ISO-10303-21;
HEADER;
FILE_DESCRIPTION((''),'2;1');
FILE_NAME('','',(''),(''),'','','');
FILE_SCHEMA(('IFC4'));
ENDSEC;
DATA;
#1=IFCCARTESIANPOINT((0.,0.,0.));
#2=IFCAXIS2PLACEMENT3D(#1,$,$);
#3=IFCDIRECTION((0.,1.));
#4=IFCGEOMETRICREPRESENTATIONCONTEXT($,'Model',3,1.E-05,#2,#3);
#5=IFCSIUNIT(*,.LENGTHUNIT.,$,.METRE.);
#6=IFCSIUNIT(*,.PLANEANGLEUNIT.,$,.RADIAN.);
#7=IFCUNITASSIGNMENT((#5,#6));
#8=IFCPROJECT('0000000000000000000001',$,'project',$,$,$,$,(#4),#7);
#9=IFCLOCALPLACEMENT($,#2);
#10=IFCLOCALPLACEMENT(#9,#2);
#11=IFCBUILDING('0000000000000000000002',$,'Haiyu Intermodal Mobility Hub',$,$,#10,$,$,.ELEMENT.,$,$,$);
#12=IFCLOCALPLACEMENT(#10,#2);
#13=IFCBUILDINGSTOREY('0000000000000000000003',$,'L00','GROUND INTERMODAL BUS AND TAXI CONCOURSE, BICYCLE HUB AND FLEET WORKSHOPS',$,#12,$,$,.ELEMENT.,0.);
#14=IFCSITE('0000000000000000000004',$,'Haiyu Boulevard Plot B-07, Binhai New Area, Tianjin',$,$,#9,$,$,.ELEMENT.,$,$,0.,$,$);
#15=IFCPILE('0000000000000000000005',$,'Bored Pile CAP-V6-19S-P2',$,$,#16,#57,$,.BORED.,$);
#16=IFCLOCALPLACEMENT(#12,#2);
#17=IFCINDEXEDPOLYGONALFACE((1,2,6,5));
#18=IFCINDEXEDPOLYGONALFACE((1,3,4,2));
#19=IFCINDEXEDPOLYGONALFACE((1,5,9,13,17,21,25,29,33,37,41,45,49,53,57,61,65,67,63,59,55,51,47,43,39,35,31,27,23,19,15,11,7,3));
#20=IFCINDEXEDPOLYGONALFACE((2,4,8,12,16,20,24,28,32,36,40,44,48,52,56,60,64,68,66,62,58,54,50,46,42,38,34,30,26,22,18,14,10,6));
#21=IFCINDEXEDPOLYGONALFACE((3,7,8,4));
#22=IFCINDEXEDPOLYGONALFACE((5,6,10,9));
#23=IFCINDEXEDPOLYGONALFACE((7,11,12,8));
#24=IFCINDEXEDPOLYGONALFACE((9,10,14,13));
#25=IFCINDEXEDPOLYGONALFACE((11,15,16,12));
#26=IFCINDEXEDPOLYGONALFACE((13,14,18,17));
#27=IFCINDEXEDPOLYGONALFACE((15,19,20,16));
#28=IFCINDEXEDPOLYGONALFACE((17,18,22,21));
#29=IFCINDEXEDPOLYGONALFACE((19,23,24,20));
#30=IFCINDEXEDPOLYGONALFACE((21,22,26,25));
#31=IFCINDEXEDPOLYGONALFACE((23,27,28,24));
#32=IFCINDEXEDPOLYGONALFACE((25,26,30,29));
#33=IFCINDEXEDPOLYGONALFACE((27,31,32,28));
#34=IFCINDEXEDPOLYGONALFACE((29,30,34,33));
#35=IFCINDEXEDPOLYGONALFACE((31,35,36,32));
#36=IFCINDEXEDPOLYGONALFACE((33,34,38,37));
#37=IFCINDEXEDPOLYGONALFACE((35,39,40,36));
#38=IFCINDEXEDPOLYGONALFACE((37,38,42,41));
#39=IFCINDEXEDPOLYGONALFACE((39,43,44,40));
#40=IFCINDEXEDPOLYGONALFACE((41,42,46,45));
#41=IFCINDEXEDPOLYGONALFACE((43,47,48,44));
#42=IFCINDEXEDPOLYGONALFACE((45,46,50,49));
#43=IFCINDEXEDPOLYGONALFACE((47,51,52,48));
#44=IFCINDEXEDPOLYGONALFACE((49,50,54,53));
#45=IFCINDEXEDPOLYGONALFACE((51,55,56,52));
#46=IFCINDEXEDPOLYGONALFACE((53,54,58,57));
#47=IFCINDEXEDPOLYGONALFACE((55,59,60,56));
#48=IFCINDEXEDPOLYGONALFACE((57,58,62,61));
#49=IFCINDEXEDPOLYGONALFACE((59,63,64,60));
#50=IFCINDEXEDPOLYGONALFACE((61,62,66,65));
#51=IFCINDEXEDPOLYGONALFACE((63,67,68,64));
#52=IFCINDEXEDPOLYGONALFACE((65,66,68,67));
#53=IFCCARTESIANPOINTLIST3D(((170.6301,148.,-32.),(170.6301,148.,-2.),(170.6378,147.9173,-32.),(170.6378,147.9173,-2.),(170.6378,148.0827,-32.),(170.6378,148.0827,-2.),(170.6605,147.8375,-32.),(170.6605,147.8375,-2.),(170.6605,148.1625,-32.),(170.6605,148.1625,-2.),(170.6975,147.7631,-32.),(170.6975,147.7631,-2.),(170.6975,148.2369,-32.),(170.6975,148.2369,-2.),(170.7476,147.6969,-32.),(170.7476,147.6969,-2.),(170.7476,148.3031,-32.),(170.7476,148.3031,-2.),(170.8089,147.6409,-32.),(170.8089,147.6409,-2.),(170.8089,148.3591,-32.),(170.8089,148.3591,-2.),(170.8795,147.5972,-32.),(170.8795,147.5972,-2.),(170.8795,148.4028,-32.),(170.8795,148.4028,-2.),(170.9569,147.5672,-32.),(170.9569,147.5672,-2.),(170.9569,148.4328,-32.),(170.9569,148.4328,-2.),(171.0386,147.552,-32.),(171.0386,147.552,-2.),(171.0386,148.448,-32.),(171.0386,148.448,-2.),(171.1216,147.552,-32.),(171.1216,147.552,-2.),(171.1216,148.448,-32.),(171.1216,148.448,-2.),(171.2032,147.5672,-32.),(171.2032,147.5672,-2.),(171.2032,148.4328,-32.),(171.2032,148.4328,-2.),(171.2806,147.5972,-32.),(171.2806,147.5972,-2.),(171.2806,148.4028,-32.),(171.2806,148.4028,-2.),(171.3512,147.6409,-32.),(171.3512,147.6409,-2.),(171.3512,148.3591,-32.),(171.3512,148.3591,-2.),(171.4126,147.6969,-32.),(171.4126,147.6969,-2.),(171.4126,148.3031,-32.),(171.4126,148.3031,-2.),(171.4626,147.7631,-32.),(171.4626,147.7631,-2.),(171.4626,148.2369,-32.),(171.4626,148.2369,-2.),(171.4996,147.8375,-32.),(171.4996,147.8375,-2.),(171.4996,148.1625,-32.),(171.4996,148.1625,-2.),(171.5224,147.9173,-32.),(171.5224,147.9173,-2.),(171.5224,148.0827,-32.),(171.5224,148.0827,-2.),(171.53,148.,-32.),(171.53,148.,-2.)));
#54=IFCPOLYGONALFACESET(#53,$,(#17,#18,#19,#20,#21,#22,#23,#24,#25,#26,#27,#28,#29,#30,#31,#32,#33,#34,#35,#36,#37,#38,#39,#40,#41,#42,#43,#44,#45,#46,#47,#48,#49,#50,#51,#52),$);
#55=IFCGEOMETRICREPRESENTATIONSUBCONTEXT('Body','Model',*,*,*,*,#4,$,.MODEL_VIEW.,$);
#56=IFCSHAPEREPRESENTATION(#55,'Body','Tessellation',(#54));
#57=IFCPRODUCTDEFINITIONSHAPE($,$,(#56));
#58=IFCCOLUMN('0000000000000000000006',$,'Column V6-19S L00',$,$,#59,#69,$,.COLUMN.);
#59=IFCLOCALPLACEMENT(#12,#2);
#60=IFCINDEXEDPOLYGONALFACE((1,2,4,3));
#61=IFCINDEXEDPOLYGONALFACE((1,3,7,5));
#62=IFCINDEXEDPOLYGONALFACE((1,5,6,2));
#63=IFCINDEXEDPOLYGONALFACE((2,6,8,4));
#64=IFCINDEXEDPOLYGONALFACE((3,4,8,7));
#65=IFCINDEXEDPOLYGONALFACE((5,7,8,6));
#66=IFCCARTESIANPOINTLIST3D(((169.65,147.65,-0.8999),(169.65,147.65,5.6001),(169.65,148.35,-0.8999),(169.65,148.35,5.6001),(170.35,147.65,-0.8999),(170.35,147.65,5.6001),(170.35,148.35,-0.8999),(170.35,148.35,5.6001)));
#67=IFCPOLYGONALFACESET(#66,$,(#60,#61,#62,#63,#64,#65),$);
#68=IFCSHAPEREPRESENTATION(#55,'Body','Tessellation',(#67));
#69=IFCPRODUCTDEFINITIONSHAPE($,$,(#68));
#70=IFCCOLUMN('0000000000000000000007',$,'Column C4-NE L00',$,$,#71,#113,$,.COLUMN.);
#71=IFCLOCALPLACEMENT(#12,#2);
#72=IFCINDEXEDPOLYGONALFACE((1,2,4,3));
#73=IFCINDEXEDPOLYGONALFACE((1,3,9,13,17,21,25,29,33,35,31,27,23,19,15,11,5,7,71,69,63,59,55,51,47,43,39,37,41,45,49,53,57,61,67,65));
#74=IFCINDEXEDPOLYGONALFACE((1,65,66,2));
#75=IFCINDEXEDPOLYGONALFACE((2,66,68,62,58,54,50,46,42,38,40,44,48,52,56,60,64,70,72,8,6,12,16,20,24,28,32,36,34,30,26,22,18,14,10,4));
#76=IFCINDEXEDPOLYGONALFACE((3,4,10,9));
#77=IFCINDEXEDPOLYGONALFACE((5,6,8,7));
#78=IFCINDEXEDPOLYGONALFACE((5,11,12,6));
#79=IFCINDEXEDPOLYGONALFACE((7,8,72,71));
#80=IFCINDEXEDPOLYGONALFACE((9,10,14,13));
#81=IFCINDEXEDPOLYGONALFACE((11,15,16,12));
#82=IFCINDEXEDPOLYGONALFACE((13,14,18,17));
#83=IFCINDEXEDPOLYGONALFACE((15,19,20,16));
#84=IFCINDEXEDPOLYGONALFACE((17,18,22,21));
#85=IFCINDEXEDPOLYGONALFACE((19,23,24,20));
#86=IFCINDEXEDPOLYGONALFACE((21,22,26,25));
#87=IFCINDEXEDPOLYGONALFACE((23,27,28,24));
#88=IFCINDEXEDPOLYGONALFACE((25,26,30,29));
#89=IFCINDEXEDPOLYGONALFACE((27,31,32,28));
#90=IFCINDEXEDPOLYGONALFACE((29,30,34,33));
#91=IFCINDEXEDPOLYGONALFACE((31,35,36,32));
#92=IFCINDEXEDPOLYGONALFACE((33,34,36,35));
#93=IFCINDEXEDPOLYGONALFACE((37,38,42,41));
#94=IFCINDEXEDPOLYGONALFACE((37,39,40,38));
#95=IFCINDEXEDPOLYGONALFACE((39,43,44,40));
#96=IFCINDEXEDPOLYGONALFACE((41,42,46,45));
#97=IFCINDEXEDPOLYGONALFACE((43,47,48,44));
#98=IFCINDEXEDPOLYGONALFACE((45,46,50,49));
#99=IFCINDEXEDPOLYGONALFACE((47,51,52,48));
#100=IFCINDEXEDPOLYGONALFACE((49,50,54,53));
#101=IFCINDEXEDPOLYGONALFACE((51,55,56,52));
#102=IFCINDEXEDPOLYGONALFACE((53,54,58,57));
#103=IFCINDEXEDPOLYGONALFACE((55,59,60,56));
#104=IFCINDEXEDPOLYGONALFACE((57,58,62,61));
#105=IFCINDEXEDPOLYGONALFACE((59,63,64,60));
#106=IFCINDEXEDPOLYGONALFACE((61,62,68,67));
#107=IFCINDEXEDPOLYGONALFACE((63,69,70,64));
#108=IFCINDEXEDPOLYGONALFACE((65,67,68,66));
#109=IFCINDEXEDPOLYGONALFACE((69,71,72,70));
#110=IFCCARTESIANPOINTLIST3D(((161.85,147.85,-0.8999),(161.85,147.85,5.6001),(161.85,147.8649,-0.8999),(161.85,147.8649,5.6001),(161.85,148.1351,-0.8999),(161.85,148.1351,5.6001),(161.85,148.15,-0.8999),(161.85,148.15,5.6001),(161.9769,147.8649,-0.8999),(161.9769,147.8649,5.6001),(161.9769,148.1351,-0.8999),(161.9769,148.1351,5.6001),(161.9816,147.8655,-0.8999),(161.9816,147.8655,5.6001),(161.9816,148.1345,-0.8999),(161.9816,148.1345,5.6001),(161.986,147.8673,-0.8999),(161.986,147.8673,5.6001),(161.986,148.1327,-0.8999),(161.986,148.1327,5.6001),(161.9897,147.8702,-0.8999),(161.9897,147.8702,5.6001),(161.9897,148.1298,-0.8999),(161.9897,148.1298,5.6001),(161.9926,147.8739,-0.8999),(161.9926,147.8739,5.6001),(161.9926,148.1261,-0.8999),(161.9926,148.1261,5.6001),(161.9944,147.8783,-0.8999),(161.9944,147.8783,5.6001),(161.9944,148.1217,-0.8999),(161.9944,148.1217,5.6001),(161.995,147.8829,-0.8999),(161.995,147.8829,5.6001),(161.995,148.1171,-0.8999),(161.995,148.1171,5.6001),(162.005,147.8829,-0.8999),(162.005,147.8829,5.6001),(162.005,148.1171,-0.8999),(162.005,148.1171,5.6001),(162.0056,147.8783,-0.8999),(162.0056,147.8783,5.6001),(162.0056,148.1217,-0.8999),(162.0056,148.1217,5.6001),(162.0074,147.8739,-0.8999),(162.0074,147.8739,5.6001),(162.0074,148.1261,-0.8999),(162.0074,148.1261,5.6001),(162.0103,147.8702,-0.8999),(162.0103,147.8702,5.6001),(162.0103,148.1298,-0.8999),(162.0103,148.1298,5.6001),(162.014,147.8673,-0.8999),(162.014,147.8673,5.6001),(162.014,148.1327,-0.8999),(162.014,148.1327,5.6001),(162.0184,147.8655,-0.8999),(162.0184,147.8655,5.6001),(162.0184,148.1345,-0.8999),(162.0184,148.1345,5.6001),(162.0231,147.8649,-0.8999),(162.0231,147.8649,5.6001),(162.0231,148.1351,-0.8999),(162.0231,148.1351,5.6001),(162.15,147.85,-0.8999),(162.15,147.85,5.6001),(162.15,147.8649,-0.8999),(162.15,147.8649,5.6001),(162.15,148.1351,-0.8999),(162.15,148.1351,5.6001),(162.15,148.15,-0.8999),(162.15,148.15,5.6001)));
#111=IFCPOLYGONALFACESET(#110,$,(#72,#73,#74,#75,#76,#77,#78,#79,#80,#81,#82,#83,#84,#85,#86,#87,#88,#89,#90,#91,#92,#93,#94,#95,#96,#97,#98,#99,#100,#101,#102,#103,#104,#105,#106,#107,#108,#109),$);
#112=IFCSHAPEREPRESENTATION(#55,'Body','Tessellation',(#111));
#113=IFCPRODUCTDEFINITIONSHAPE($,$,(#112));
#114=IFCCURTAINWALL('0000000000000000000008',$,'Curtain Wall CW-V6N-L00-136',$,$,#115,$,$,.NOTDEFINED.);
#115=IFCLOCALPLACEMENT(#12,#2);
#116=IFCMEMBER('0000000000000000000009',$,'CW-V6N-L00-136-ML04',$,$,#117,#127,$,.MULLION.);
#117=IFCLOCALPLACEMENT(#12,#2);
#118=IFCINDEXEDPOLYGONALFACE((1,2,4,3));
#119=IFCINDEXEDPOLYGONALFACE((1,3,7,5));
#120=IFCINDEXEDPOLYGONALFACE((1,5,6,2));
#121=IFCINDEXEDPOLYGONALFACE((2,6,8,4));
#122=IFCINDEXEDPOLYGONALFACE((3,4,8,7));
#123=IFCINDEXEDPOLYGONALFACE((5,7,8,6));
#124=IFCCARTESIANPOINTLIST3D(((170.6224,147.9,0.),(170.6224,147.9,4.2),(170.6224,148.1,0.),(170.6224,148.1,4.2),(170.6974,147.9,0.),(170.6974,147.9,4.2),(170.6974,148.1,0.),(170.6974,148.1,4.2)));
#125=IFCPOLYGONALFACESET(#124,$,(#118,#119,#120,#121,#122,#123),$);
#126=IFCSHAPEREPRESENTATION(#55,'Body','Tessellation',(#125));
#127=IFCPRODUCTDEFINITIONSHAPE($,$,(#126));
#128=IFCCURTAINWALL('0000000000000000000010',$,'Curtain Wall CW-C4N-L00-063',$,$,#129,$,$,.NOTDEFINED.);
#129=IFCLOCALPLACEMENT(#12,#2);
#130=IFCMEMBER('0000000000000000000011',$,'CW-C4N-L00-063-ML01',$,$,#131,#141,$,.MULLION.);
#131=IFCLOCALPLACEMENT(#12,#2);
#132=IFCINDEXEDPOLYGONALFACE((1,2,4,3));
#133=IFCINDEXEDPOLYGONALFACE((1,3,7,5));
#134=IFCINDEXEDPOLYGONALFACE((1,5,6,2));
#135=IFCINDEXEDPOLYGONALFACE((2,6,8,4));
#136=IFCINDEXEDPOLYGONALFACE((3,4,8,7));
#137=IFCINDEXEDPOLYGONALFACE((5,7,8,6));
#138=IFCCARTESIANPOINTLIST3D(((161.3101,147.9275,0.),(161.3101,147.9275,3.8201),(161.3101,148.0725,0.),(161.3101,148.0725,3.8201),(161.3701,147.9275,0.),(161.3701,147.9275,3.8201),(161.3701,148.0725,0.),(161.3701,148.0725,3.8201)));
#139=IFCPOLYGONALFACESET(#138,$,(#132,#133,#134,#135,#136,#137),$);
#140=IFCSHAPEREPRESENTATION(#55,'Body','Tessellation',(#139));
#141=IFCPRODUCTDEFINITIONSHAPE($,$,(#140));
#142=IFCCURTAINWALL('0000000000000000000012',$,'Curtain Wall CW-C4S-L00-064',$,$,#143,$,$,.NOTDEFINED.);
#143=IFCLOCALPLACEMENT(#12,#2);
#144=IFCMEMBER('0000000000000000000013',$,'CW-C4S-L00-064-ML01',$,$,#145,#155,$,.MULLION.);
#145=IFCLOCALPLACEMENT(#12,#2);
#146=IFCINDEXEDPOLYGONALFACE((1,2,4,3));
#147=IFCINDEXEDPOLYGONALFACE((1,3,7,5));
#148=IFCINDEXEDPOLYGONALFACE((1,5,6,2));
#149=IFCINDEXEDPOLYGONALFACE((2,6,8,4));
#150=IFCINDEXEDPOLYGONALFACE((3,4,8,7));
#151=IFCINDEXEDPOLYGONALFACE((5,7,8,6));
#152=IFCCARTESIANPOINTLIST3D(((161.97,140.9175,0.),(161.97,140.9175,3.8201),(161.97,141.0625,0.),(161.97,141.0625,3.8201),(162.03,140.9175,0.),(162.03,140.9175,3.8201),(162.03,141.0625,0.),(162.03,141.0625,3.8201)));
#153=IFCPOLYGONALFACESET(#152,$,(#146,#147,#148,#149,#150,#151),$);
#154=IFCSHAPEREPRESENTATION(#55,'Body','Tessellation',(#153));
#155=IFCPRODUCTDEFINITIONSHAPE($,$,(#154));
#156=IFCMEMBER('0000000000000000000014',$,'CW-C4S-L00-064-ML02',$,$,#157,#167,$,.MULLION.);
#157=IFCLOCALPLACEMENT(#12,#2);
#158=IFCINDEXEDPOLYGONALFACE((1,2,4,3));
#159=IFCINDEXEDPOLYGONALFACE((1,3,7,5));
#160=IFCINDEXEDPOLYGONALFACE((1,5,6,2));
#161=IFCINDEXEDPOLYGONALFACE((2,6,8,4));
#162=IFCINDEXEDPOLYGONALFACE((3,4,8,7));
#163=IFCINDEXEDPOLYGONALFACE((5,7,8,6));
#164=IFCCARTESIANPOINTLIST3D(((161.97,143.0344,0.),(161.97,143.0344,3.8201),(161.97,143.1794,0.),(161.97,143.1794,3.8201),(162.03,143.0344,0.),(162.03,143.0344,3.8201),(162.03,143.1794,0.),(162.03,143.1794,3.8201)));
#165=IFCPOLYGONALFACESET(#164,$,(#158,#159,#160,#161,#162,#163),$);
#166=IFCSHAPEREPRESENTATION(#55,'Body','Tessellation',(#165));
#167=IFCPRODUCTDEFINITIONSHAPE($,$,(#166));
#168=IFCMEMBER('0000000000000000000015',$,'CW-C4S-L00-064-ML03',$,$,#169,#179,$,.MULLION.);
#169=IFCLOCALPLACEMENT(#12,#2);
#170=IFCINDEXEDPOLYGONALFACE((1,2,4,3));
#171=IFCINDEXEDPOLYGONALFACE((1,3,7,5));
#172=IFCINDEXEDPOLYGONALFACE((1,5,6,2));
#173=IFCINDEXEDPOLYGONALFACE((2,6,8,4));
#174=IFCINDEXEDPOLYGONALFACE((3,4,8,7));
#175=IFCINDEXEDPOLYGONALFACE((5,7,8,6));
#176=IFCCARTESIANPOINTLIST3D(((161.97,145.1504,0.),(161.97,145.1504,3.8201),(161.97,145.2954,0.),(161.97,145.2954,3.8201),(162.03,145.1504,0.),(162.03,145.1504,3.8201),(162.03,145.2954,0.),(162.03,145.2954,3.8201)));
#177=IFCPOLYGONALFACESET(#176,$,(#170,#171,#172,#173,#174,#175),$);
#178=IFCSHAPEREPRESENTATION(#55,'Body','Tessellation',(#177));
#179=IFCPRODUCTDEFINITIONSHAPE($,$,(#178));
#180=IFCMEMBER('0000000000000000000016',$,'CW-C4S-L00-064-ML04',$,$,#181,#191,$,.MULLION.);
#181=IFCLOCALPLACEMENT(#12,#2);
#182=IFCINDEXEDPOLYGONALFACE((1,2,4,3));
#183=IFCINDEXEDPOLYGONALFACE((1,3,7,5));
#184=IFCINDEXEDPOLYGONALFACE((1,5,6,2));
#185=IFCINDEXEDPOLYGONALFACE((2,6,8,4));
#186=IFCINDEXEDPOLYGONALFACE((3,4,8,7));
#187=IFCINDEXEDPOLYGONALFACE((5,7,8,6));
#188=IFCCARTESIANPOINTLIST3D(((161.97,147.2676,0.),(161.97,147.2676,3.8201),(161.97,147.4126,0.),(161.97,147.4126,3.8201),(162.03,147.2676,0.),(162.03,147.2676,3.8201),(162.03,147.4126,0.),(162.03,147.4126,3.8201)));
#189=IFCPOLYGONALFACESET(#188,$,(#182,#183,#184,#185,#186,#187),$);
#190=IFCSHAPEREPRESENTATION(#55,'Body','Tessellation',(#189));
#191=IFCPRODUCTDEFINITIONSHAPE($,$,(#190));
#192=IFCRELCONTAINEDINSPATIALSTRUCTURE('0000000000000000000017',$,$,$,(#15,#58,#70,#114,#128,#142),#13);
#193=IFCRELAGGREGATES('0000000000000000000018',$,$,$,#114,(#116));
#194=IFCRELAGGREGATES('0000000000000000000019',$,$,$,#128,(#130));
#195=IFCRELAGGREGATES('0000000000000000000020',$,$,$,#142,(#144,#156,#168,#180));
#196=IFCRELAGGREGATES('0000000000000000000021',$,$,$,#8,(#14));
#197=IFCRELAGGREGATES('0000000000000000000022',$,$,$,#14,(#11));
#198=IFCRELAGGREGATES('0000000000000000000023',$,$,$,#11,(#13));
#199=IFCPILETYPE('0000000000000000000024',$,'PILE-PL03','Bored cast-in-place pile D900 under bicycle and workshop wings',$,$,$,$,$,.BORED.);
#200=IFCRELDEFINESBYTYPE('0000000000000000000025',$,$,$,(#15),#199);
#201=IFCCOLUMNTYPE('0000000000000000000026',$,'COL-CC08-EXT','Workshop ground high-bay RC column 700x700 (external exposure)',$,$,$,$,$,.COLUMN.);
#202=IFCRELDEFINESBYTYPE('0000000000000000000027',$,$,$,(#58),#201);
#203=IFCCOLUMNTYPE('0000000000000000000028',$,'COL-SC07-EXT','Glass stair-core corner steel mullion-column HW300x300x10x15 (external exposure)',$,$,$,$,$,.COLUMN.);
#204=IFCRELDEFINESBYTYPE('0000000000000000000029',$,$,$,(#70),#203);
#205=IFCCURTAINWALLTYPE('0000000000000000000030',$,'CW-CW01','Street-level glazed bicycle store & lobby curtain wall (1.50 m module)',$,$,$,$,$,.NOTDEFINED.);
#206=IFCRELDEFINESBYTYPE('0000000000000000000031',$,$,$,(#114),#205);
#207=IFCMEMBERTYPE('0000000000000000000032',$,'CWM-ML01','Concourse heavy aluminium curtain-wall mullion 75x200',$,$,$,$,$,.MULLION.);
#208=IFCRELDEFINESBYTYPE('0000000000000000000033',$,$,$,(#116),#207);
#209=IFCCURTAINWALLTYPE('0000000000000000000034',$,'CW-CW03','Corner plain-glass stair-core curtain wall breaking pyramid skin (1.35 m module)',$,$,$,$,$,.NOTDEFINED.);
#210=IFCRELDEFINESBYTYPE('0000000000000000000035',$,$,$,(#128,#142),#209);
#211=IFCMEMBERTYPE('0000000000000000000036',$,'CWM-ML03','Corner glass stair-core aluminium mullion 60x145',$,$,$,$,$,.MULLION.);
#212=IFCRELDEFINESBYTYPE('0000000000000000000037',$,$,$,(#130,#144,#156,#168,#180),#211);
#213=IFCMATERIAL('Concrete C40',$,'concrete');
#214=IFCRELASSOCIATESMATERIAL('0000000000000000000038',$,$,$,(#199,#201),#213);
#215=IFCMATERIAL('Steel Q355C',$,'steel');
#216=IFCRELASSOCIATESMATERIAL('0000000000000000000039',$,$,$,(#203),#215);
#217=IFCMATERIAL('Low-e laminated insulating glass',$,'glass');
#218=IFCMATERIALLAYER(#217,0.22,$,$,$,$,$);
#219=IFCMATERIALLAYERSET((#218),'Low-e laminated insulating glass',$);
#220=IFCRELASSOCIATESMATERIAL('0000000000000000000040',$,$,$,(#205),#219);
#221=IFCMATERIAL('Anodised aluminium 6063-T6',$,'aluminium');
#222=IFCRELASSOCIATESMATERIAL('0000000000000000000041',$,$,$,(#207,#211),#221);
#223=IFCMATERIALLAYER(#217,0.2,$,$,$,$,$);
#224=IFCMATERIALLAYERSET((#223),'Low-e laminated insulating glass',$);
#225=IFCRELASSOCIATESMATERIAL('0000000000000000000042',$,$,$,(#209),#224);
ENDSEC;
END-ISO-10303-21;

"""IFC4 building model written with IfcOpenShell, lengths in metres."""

from ifc_helpers import new_model, si_unit, direction, frame, origin, origin_2d, place, context, subcontext, project, spatial, rectangle, circle, i_section, extrude, material, layer, layer_set, material_profile, profile_set, type_object, element, aggregate, save


model = new_model("IFC4")

# Units and contexts
model_context = context("Model", 3, precision=1e-05, world=origin(), true_north=direction((0.0, 1.0)))
body_context = subcontext(model_context, "Body", "Model", "MODEL_VIEW")
ifc_project = project(units=[si_unit("LENGTHUNIT", "METRE"), si_unit("PLANEANGLEUNIT", "RADIAN")], contexts=[model_context])

# Site, building, storey
site_placement = place(None, origin())
site = spatial("IfcSite", under=ifc_project, at=site_placement, Name="Haiyu Boulevard Plot B-07, Binhai New Area, Tianjin", CompositionType="ELEMENT", RefElevation=0.0)
building_placement = place(site_placement, origin())
building = spatial("IfcBuilding", under=site, at=building_placement, Name="Haiyu Intermodal Mobility Hub", CompositionType="ELEMENT")
storey_placement = place(building_placement, origin())
storey = spatial("IfcBuildingStorey", under=building, at=storey_placement, Name="L00", Description="GROUND INTERMODAL BUS AND TAXI CONCOURSE, BICYCLE HUB AND FLEET WORKSHOPS", CompositionType="ELEMENT", Elevation=0.0)

# Shared definitions
ifc_material_1 = material(Name="Concrete C40", Category="concrete")

# Pile
ifc_material_profile_1 = material_profile(ifc_material_1, circle(Radius=0.45, at=origin_2d()), Name="PILE-D900")
ifc_profile_set_1 = profile_set([ifc_material_profile_1], Name="Concrete C40")
pile_type_1 = type_object("IfcPileType", Name="PILE-PL03", Description="Bored cast-in-place pile D900 under bicycle and workshop wings", PredefinedType="BORED", material=ifc_profile_set_1)
for number, where, z_axis, x_axis, name in (
    (1, (171.0801, 148.0, -2.0), (0.0, 0.0, -1.0), (1.0, 0.0, 0.0), "Bored Pile CAP-V6-19S-P2"),
):
    element("IfcPile", number, at=place(storey_placement, frame(where, z_axis=z_axis, x_axis=x_axis)), inside=storey, type_object=pile_type_1, Name=name, PredefinedType="BORED", context=body_context, shape_type="SweptSolid", body=[
        extrude(circle(Radius=0.45, at=origin_2d()), origin(), (0.0, 0.0, 1.0), 30.0),
    ])

# Columns
ifc_material_profile_2 = material_profile(ifc_material_1, rectangle(XDim=0.7, YDim=0.7, at=origin_2d()), Name="RC700x700")
ifc_profile_set_2 = profile_set([ifc_material_profile_2], Name="Concrete C40")
column_type_1 = type_object("IfcColumnType", Name="COL-CC08-EXT", Description="Workshop ground high-bay RC column 700x700 (external exposure)", PredefinedType="COLUMN", material=ifc_profile_set_2)
column_1_placement = place(storey_placement, frame((170.0, 148.0, -0.8999), z_axis=(0.0, 0.0, 1.0), x_axis=(1.0, 0.0, 0.0)))
element("IfcColumn", 2, at=column_1_placement, inside=storey, type_object=column_type_1, Name="Column V6-19S L00", PredefinedType="COLUMN", context=body_context, shape_type="SweptSolid", body=[
    extrude(rectangle(XDim=0.7, YDim=0.7, at=origin_2d()), origin(), (0.0, 0.0, 1.0), 6.5),
])
ifc_material_2 = material(Name="Steel Q355C", Category="steel")
ifc_material_profile_3 = material_profile(ifc_material_2, i_section(OverallWidth=0.3, OverallDepth=0.3, WebThickness=0.01, FlangeThickness=0.0149, FilletRadius=0.0181, at=origin_2d()), Name="HW300x300x10x15")
ifc_profile_set_3 = profile_set([ifc_material_profile_3], Name="Steel Q355C")
column_type_2 = type_object("IfcColumnType", Name="COL-SC07-EXT", Description="Glass stair-core corner steel mullion-column HW300x300x10x15 (external exposure)", PredefinedType="COLUMN", material=ifc_profile_set_3)
column_2_placement = place(storey_placement, frame((162.0, 148.0, -0.8999), z_axis=(0.0, 0.0, 1.0), x_axis=(1.0, 0.0, 0.0)))
element("IfcColumn", 3, at=column_2_placement, inside=storey, type_object=column_type_2, Name="Column C4-NE L00", PredefinedType="COLUMN", context=body_context, shape_type="SweptSolid", body=[
    extrude(i_section(OverallWidth=0.3, OverallDepth=0.3, WebThickness=0.01, FlangeThickness=0.0149, FilletRadius=0.0181, at=origin_2d()), origin(), (0.0, 0.0, 1.0), 6.5),
])

# Curtain walls, members
ifc_material_3 = material(Name="Low-e laminated insulating glass", Category="glass")
ifc_layer_1 = layer(ifc_material_3, 0.22)
ifc_layer_set_1 = layer_set([ifc_layer_1], Name="Low-e laminated insulating glass")
curtain_wall_type_1 = type_object("IfcCurtainWallType", Name="CW-CW01", Description="Street-level glazed bicycle store & lobby curtain wall (1.50 m module)", PredefinedType="NOTDEFINED", material=ifc_layer_set_1)
curtain_wall_1_placement = place(storey_placement, origin())
curtain_wall_1 = element("IfcCurtainWall", 4, at=curtain_wall_1_placement, inside=storey, type_object=curtain_wall_type_1, Name="Curtain Wall CW-V6N-L00-136", PredefinedType="NOTDEFINED")
ifc_material_4 = material(Name="Anodised aluminium 6063-T6", Category="aluminium")
ifc_material_profile_4 = material_profile(ifc_material_4, rectangle(XDim=0.075, YDim=0.2, at=origin_2d()), Name="ALU75x200")
ifc_profile_set_4 = profile_set([ifc_material_profile_4], Name="Anodised aluminium 6063-T6")
member_type_1 = type_object("IfcMemberType", Name="CWM-ML01", Description="Concourse heavy aluminium curtain-wall mullion 75x200", PredefinedType="MULLION", material=ifc_profile_set_4)
member_1_placement = place(storey_placement, frame((170.6599, 148.0, 0.0), z_axis=(0.0, 0.0, 1.0), x_axis=(1.0, 0.0, 0.0)))
member_1 = element("IfcMember", 5, at=member_1_placement, type_object=member_type_1, Name="CW-V6N-L00-136-ML04", PredefinedType="MULLION", context=body_context, shape_type="SweptSolid", body=[
    extrude(rectangle(XDim=0.075, YDim=0.2, at=origin_2d()), origin(), (0.0, 0.0, 1.0), 4.2),
])
ifc_layer_2 = layer(ifc_material_3, 0.2)
ifc_layer_set_2 = layer_set([ifc_layer_2], Name="Low-e laminated insulating glass")
curtain_wall_type_2 = type_object("IfcCurtainWallType", Name="CW-CW03", Description="Corner plain-glass stair-core curtain wall breaking pyramid skin (1.35 m module)", PredefinedType="NOTDEFINED", material=ifc_layer_set_2)
curtain_wall_2_placement = place(storey_placement, origin())
curtain_wall_2 = element("IfcCurtainWall", 6, at=curtain_wall_2_placement, inside=storey, type_object=curtain_wall_type_2, Name="Curtain Wall CW-C4N-L00-063", PredefinedType="NOTDEFINED")
ifc_material_profile_5 = material_profile(ifc_material_4, rectangle(XDim=0.0601, YDim=0.145, at=origin_2d()), Name="ALU60x145")
ifc_profile_set_5 = profile_set([ifc_material_profile_5], Name="Anodised aluminium 6063-T6")
member_type_2 = type_object("IfcMemberType", Name="CWM-ML03", Description="Corner glass stair-core aluminium mullion 60x145", PredefinedType="MULLION", material=ifc_profile_set_5)
member_2_placement = place(storey_placement, frame((161.3401, 148.0, 0.0), z_axis=(0.0, 0.0, 1.0), x_axis=(1.0, 0.0, 0.0)))
member_2 = element("IfcMember", 7, at=member_2_placement, type_object=member_type_2, Name="CW-C4N-L00-063-ML01", PredefinedType="MULLION", context=body_context, shape_type="SweptSolid", body=[
    extrude(rectangle(XDim=0.0601, YDim=0.145, at=origin_2d()), origin(), (0.0, 0.0, 1.0), 3.8201),
])

# Curtain wall, members
curtain_wall_3_placement = place(storey_placement, origin())
curtain_wall_3 = element("IfcCurtainWall", 8, at=curtain_wall_3_placement, inside=storey, type_object=curtain_wall_type_2, Name="Curtain Wall CW-C4S-L00-064", PredefinedType="NOTDEFINED")
member_3_placement = place(storey_placement, frame((162.0, 140.99, 0.0), z_axis=(0.0, 0.0, 1.0), x_axis=(1.0, 0.0, 0.0)))
member_3 = element("IfcMember", 9, at=member_3_placement, type_object=member_type_2, Name="CW-C4S-L00-064-ML01", PredefinedType="MULLION", context=body_context, shape_type="SweptSolid", body=[
    extrude(rectangle(XDim=0.0601, YDim=0.145, at=origin_2d()), origin(), (0.0, 0.0, 1.0), 3.8201),
])
member_4_placement = place(storey_placement, frame((162.0, 143.1069, 0.0), z_axis=(0.0, 0.0, 1.0), x_axis=(1.0, 0.0, 0.0)))
member_4 = element("IfcMember", 10, at=member_4_placement, type_object=member_type_2, Name="CW-C4S-L00-064-ML02", PredefinedType="MULLION", context=body_context, shape_type="SweptSolid", body=[
    extrude(rectangle(XDim=0.0601, YDim=0.145, at=origin_2d()), origin(), (0.0, 0.0, 1.0), 3.8201),
])
member_5_placement = place(storey_placement, frame((162.0, 145.2229, 0.0), z_axis=(0.0, 0.0, 1.0), x_axis=(1.0, 0.0, 0.0)))
member_5 = element("IfcMember", 11, at=member_5_placement, type_object=member_type_2, Name="CW-C4S-L00-064-ML03", PredefinedType="MULLION", context=body_context, shape_type="SweptSolid", body=[
    extrude(rectangle(XDim=0.0601, YDim=0.145, at=origin_2d()), origin(), (0.0, 0.0, 1.0), 3.8201),
])
member_6_placement = place(storey_placement, frame((162.0, 147.3401, 0.0), z_axis=(0.0, 0.0, 1.0), x_axis=(1.0, 0.0, 0.0)))
member_6 = element("IfcMember", 12, at=member_6_placement, type_object=member_type_2, Name="CW-C4S-L00-064-ML04", PredefinedType="MULLION", context=body_context, shape_type="SweptSolid", body=[
    extrude(rectangle(XDim=0.0601, YDim=0.145, at=origin_2d()), origin(), (0.0, 0.0, 1.0), 3.8201),
])

aggregate(curtain_wall_1, [member_1])
aggregate(curtain_wall_2, [member_2])
aggregate(curtain_wall_3, [member_3, member_4, member_5, member_6])

save(model, "model.ifc")
